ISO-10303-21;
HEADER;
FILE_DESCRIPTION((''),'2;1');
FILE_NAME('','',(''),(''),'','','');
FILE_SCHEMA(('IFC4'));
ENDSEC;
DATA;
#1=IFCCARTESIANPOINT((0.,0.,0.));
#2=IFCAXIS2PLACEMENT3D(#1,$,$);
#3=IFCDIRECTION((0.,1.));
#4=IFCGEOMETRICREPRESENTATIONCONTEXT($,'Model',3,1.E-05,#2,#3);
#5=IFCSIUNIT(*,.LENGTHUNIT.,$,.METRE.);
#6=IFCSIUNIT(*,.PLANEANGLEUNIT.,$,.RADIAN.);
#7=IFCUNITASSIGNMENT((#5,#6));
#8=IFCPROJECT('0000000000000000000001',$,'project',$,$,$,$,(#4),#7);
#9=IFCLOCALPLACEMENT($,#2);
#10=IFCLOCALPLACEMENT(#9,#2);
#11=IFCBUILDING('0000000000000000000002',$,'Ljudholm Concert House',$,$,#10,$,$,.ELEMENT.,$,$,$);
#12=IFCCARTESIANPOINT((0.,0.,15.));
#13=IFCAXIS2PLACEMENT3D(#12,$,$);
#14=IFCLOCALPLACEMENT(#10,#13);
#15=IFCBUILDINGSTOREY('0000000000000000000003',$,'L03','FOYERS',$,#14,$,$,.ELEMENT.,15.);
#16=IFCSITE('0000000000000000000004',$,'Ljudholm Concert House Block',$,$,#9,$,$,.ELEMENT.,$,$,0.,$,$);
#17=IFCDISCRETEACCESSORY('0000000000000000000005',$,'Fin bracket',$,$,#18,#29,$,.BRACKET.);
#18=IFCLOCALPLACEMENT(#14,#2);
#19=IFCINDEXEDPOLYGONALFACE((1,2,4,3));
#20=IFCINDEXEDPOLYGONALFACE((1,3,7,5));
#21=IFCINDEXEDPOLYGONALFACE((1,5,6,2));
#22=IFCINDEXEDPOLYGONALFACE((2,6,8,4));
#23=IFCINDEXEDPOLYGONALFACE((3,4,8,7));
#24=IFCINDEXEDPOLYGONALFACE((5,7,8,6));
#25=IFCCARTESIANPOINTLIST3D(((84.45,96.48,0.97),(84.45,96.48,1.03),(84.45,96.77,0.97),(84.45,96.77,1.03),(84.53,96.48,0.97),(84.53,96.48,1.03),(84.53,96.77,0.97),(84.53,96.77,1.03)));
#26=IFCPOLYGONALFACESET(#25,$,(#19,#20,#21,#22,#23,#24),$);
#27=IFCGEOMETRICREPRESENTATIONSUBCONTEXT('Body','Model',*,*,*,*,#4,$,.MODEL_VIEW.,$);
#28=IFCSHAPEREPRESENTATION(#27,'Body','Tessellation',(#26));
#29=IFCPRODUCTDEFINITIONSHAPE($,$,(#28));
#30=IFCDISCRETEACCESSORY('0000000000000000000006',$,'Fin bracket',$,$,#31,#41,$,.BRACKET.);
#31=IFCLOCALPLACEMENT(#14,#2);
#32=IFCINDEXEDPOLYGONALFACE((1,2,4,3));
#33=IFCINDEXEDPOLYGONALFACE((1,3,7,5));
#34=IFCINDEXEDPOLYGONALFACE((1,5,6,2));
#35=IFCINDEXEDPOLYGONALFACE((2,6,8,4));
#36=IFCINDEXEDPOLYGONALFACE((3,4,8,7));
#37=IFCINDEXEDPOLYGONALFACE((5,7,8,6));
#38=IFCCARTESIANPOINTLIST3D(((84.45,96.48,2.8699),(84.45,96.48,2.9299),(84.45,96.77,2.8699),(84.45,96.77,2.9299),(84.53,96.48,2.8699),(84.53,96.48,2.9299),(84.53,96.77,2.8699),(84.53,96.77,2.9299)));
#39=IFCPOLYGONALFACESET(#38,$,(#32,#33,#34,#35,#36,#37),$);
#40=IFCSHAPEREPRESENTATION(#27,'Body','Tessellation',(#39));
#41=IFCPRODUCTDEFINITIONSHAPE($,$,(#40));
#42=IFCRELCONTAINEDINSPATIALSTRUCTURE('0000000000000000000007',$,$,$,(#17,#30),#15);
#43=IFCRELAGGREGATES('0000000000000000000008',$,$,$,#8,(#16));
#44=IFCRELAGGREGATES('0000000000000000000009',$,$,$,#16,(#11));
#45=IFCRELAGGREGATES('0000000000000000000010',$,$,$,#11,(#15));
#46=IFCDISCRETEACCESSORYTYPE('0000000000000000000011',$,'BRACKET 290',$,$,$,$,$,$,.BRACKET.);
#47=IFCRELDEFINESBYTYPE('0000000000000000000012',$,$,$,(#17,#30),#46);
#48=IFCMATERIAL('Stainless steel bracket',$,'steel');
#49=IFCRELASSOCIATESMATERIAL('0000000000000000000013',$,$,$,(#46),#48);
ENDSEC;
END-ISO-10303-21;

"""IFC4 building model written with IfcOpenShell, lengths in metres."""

from ifc_helpers import new_model, si_unit, direction, frame, origin, origin_2d, place, context, subcontext, project, spatial, rectangle, extrude, material, type_object, element, save


model = new_model("IFC4")

# Units and contexts
model_context = context("Model", 3, precision=1e-05, world=origin(), true_north=direction((0.0, 1.0)))
body_context = subcontext(model_context, "Body", "Model", "MODEL_VIEW")
ifc_project = project(units=[si_unit("LENGTHUNIT", "METRE"), si_unit("PLANEANGLEUNIT", "RADIAN")], contexts=[model_context])

# Site, building, storey
site_placement = place(None, origin())
site = spatial("IfcSite", under=ifc_project, at=site_placement, Name="Ljudholm Concert House Block", CompositionType="ELEMENT", RefElevation=0.0)
building_placement = place(site_placement, origin())
building = spatial("IfcBuilding", under=site, at=building_placement, Name="Ljudholm Concert House", CompositionType="ELEMENT")
storey_placement = place(building_placement, frame((0.0, 0.0, 15.0)))
storey = spatial("IfcBuildingStorey", under=building, at=storey_placement, Name="L03", Description="FOYERS", CompositionType="ELEMENT", Elevation=15.0)

# Discrete accessories
ifc_material_1 = material(Name="Stainless steel bracket", Category="steel")
discrete_accessory_type = type_object("IfcDiscreteAccessoryType", Name="BRACKET 290", PredefinedType="BRACKET", material=ifc_material_1)
for number, where, z_axis, x_axis, name in (
    (1, (84.49, 96.625, 0.97), (0.0, 0.0, 1.0), (0.0, 1.0, 0.0), "Fin bracket"),
    (2, (84.49, 96.625, 2.8699), (0.0, 0.0, 1.0), (0.0, 1.0, 0.0), "Fin bracket"),
):
    element("IfcDiscreteAccessory", number, at=place(storey_placement, frame(where, z_axis=z_axis, x_axis=x_axis)), inside=storey, type_object=discrete_accessory_type, Name=name, PredefinedType="BRACKET", context=body_context, shape_type="SweptSolid", body=[
        extrude(rectangle(XDim=0.29, YDim=0.0801, at=origin_2d()), origin(), (0.0, 0.0, 1.0), 0.0601),
    ])

save(model, "model.ifc")
